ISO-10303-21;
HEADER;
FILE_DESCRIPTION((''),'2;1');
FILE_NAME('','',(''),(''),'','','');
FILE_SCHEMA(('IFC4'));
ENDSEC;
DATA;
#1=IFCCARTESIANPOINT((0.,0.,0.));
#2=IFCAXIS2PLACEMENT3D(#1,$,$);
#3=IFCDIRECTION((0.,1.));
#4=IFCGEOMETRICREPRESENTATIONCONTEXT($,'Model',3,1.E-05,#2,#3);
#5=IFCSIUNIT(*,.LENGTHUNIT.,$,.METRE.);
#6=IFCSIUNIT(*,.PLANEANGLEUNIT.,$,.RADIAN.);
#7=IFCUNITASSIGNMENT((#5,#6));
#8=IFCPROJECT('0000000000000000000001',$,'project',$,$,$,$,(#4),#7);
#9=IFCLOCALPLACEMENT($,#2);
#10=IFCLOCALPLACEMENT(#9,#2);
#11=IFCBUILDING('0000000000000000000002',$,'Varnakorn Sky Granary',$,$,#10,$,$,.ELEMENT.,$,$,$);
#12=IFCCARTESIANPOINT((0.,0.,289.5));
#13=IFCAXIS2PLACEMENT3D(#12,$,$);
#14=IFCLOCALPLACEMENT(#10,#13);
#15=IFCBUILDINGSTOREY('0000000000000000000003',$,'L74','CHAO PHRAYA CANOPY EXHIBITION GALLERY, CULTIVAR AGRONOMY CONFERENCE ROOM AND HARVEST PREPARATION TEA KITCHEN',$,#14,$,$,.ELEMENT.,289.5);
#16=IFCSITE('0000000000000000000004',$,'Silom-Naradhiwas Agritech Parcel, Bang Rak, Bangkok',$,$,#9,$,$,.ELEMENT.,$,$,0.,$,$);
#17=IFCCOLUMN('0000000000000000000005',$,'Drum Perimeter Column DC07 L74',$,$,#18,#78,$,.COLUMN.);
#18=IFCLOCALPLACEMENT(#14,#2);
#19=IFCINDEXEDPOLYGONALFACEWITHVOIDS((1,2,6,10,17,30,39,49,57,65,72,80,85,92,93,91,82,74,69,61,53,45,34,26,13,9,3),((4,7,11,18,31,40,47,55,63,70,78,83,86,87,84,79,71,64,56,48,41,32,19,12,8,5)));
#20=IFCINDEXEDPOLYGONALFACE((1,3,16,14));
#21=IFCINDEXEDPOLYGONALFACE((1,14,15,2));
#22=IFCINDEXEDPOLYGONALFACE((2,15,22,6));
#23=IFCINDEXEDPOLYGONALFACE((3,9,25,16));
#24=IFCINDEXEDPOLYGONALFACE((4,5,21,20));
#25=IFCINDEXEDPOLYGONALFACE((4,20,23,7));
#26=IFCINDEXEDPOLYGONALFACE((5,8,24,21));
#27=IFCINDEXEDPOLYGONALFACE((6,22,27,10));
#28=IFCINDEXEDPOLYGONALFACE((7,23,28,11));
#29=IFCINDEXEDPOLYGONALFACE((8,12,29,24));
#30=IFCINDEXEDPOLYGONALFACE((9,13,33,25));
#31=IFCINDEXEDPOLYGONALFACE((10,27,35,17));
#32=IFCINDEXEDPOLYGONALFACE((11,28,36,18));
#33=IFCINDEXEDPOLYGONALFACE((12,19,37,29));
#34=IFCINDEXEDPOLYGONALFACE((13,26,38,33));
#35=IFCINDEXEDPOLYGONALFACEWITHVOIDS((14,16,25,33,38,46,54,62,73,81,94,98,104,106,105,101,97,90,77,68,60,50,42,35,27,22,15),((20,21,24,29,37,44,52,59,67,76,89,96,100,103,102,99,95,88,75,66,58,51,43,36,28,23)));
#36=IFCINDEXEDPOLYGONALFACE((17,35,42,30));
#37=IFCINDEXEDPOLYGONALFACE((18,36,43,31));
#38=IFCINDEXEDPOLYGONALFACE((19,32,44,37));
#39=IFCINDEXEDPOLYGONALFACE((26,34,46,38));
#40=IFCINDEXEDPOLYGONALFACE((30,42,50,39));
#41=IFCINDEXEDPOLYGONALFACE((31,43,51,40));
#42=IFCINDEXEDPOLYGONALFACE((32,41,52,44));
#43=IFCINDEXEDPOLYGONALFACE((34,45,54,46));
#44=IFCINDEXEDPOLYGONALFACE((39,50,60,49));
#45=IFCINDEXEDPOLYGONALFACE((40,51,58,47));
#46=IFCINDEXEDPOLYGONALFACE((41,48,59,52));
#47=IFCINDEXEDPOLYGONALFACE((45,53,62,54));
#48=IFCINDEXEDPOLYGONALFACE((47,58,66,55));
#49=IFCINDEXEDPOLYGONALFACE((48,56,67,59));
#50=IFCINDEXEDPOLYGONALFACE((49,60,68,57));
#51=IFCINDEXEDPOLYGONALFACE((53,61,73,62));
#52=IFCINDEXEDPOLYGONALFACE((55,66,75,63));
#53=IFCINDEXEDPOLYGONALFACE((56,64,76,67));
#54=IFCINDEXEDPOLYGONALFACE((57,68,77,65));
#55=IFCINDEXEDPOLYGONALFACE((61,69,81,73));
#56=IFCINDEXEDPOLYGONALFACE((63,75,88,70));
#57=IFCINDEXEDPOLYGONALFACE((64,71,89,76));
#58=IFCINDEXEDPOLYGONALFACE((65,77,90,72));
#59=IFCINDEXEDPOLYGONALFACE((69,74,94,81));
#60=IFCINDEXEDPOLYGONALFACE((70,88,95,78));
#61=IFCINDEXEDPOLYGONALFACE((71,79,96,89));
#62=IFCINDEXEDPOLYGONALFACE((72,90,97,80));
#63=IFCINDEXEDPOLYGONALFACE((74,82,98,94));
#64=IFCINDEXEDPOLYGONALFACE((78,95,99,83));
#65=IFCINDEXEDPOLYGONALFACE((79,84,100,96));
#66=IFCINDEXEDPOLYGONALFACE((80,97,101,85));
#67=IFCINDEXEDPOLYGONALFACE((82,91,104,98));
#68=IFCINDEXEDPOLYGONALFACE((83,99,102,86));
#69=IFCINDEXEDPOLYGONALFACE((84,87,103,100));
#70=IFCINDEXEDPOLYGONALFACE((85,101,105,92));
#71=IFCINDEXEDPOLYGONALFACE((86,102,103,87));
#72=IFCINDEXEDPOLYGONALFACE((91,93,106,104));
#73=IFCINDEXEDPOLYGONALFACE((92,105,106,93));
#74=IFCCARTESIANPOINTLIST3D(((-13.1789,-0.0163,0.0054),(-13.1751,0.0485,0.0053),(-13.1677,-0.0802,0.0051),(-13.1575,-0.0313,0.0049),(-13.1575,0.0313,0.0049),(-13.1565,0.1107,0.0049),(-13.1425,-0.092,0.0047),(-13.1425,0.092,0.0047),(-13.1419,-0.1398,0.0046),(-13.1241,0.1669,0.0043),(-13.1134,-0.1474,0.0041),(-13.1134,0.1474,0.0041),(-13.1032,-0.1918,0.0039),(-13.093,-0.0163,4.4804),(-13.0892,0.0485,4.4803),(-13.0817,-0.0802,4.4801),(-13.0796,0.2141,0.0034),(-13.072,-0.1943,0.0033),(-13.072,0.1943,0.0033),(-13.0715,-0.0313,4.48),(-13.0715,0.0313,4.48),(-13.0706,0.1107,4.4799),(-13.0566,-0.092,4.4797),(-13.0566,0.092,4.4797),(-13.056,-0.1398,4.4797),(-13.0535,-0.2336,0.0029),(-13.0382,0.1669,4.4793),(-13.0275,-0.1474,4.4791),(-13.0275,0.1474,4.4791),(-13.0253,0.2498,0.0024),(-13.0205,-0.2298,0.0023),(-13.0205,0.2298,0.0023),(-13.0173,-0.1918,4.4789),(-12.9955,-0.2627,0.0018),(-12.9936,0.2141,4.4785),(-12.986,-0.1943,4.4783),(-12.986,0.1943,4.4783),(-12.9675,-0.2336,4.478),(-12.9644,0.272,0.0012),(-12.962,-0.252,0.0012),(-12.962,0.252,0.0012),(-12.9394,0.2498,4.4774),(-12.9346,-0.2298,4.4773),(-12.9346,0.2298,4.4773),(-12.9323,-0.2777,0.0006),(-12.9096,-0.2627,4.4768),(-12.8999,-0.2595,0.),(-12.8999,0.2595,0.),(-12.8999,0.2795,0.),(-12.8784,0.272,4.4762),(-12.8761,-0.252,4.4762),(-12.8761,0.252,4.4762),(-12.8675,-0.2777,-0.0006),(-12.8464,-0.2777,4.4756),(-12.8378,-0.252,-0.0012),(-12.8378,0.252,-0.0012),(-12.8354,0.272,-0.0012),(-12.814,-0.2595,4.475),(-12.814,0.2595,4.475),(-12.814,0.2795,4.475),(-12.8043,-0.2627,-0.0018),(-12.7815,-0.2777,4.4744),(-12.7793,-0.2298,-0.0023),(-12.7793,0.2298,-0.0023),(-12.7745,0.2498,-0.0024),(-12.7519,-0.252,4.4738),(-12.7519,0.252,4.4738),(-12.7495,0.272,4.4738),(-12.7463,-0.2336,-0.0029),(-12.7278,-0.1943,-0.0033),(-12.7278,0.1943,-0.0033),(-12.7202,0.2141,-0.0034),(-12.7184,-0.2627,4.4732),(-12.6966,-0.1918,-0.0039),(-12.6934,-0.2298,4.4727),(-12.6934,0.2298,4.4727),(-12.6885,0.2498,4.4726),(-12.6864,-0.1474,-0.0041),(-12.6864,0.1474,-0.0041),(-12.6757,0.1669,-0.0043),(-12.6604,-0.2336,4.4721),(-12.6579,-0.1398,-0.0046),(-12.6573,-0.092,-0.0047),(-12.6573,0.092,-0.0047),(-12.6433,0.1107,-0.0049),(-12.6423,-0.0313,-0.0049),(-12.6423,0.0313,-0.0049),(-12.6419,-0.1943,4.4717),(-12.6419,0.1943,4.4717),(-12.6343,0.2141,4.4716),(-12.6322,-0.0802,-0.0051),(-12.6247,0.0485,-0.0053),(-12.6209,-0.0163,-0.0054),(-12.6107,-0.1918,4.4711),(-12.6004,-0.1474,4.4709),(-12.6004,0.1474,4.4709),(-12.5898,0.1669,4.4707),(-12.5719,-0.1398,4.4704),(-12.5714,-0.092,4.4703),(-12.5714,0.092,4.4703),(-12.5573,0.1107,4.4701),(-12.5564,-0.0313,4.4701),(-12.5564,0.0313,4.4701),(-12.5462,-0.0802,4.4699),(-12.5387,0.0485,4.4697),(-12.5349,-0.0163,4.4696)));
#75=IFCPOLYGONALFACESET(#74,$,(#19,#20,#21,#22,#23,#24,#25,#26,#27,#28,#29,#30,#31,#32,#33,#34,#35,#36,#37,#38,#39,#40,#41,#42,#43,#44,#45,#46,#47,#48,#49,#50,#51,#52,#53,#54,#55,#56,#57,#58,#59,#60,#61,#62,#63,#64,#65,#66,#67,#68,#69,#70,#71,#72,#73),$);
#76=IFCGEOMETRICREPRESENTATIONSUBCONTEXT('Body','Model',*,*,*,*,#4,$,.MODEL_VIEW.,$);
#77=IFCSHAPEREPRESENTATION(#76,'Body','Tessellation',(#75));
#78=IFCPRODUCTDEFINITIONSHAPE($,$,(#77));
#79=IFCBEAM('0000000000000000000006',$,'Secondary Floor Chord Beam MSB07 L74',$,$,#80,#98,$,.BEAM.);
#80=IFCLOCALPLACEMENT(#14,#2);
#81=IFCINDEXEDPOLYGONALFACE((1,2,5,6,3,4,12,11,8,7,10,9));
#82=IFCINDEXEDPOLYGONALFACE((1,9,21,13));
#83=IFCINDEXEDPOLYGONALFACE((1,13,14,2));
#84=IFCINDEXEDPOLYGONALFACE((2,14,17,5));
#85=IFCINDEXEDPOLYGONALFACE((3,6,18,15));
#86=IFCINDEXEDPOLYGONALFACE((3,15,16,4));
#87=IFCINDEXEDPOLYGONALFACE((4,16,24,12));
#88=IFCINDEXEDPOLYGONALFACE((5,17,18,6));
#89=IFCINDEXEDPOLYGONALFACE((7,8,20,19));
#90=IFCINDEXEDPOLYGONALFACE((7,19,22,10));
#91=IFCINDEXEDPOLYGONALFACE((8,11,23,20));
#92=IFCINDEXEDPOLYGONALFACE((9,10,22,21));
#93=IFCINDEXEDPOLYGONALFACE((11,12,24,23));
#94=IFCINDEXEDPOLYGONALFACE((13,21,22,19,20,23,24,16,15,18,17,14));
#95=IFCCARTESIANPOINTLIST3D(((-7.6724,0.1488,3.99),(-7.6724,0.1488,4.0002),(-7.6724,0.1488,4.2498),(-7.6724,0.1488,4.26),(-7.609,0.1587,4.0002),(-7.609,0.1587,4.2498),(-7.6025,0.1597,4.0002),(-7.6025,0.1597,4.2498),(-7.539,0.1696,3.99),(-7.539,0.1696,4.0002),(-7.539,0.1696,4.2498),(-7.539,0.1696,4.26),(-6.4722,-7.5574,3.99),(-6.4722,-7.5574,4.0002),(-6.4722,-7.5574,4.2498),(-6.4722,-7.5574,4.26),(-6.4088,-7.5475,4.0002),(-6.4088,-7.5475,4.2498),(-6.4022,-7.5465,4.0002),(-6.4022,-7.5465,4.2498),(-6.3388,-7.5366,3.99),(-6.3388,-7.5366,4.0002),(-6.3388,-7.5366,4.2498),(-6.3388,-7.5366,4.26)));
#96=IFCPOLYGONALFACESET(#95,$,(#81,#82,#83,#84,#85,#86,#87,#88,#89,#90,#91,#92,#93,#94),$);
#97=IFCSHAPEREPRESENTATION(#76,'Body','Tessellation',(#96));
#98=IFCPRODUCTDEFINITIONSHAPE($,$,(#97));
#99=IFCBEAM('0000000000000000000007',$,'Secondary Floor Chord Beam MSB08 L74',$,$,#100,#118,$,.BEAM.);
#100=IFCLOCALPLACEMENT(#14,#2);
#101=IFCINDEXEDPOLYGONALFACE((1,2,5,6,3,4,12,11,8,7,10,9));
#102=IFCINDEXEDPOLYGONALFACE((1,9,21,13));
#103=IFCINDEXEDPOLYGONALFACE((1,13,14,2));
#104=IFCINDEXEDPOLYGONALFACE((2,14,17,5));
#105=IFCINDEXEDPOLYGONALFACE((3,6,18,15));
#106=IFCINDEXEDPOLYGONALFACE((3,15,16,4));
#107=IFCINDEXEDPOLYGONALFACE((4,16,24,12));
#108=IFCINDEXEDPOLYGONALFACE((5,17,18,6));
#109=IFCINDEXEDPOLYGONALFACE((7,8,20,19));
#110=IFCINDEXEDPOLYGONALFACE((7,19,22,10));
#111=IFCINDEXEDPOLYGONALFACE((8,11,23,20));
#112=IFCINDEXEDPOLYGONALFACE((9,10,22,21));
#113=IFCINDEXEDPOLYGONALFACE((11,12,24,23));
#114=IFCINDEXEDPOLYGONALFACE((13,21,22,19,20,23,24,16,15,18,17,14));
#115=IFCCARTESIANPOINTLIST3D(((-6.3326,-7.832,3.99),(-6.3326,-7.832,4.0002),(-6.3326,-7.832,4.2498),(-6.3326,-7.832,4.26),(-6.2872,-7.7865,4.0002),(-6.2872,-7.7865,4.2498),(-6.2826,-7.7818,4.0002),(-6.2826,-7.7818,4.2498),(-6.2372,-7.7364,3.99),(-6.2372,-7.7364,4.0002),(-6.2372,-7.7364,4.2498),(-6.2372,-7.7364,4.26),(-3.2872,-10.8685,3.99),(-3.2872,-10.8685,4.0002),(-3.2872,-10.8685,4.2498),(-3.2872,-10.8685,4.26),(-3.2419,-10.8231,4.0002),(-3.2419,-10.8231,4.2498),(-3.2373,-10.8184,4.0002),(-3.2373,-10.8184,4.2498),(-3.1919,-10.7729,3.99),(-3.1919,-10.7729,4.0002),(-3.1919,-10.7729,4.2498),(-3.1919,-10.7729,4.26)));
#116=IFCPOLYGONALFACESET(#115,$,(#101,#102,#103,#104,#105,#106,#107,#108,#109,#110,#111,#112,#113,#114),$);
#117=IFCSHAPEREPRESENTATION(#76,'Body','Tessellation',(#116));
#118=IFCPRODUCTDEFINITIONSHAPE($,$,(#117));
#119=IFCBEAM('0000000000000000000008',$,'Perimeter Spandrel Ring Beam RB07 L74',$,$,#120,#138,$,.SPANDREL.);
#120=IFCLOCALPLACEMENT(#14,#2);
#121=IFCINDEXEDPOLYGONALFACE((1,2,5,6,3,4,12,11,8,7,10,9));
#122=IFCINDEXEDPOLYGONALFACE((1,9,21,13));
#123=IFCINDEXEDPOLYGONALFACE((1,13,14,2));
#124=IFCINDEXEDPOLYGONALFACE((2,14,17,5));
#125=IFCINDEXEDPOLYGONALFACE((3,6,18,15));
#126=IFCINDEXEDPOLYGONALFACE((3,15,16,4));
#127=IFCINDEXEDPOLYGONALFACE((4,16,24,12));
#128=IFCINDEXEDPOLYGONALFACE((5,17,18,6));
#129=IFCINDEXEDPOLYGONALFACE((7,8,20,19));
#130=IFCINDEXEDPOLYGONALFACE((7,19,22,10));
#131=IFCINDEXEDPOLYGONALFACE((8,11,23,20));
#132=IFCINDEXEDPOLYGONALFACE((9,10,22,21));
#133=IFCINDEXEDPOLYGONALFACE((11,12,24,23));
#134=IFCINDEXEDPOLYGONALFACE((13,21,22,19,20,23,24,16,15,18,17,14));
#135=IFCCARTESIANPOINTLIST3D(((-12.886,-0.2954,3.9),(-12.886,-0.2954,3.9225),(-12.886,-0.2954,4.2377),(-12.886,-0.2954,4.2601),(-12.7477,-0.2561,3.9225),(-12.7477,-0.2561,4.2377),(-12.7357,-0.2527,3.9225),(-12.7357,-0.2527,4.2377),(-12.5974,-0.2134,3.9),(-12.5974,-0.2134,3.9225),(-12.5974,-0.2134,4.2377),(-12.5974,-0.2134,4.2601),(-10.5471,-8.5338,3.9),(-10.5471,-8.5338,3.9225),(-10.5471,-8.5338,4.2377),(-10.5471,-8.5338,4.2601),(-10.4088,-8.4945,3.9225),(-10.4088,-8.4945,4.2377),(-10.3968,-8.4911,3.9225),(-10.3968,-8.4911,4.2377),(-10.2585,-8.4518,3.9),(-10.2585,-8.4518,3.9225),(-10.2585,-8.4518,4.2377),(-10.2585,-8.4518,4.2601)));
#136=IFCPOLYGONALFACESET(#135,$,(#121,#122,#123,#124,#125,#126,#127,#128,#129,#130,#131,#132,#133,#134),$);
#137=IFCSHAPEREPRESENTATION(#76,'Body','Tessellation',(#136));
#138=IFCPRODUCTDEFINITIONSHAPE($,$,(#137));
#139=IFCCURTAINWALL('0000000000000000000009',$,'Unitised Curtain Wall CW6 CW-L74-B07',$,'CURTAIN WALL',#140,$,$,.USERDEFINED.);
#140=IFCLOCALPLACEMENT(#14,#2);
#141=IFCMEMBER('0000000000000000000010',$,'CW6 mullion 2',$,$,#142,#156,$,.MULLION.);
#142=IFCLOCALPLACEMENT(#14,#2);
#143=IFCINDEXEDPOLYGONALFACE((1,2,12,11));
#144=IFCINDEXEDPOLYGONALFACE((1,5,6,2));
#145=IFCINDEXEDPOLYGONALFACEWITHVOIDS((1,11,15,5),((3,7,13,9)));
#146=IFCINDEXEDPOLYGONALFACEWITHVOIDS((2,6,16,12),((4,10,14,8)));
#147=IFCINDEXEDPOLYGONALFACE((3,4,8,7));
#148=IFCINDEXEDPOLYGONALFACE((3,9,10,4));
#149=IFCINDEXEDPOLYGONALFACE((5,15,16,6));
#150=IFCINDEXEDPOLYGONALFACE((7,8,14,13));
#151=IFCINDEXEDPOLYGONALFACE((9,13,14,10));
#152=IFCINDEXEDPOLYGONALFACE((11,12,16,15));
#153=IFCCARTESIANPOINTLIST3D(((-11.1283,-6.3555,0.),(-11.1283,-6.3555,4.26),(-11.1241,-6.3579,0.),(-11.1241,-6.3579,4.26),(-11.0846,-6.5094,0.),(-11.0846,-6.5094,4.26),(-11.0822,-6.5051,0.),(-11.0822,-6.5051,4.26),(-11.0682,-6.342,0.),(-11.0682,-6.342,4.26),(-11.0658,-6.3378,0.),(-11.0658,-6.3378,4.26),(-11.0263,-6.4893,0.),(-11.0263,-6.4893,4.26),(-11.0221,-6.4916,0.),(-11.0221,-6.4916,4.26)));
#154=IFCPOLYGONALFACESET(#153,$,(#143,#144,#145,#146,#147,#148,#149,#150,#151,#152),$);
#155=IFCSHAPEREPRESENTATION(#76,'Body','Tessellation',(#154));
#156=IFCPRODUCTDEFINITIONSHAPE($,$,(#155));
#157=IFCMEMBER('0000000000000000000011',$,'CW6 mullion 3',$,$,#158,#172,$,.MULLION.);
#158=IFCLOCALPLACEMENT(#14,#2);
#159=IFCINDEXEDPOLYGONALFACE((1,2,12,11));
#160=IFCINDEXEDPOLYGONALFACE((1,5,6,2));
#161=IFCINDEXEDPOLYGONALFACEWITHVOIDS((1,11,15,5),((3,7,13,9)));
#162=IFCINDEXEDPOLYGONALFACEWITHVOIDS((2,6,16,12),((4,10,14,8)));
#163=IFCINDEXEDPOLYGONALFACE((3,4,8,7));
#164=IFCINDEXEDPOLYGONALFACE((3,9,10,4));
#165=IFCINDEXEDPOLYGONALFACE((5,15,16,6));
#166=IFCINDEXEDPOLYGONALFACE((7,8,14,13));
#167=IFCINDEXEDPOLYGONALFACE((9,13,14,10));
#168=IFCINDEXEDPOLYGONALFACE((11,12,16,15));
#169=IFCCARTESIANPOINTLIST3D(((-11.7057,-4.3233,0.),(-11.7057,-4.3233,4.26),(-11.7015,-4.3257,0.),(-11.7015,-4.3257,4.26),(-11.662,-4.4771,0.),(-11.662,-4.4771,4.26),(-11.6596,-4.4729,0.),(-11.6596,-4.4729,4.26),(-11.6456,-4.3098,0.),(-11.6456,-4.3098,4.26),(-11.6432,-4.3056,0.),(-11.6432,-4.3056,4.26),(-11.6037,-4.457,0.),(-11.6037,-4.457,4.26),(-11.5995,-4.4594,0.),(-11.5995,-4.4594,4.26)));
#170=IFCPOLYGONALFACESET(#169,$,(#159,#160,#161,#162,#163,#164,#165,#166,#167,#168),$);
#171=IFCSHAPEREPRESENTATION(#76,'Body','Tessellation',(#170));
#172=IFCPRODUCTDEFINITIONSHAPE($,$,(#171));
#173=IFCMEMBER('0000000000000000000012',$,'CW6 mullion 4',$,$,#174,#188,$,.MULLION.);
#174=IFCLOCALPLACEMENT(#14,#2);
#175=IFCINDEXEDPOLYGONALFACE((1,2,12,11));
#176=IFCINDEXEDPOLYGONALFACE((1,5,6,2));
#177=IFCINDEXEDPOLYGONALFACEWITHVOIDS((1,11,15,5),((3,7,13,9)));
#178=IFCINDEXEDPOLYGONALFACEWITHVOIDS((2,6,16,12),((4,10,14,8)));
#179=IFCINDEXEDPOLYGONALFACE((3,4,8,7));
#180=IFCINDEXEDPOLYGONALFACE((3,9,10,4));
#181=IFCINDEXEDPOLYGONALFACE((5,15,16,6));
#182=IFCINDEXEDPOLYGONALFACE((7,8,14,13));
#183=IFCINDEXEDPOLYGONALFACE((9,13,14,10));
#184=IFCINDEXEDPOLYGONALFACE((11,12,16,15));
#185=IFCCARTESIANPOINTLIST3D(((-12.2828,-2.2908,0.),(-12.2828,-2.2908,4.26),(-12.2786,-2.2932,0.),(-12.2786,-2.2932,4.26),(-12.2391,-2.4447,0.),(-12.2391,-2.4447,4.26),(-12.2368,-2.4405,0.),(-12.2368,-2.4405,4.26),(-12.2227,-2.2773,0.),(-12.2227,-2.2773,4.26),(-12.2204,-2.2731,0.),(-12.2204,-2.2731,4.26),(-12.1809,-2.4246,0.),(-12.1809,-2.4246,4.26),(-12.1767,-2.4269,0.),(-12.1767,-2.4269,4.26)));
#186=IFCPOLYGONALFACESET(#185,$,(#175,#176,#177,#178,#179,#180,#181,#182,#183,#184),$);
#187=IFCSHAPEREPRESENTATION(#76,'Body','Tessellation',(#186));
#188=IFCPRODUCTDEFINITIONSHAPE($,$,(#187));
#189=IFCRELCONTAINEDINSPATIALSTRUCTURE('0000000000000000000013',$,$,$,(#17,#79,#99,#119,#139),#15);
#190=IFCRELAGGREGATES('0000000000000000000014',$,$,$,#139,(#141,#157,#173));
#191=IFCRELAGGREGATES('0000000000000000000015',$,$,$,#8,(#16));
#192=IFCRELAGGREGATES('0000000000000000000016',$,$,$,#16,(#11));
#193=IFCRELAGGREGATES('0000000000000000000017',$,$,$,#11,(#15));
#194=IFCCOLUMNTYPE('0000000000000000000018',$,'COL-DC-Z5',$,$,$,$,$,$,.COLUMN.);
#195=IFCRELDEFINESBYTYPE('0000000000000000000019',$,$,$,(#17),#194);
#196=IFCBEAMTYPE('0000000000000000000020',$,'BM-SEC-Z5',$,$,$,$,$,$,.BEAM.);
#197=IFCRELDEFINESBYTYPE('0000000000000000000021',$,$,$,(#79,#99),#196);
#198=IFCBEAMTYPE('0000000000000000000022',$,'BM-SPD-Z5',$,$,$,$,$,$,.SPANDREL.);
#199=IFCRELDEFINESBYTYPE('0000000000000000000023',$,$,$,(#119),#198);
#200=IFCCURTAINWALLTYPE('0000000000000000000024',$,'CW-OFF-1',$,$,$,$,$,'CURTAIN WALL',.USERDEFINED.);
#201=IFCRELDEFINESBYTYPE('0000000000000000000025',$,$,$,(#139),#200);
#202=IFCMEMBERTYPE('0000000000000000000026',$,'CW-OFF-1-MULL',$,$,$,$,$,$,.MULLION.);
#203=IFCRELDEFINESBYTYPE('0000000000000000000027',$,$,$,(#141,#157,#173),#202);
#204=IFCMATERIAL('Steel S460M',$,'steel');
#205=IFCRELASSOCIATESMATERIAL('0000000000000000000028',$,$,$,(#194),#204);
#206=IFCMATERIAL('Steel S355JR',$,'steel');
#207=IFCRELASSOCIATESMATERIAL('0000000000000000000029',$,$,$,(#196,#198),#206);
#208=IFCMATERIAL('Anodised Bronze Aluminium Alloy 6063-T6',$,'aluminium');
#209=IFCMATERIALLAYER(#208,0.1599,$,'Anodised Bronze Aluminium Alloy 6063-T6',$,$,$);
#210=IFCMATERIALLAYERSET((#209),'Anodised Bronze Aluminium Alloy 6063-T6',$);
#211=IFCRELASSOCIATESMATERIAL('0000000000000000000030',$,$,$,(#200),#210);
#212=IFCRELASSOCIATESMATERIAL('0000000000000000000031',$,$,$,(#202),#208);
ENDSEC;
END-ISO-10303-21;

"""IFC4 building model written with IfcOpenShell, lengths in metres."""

from ifc_helpers import new_model, si_unit, direction, frame, origin, origin_2d, place, context, subcontext, project, spatial, hollow_rectangle, hollow_circle, i_section, extrude, material, layer, layer_set, material_profile, profile_set, type_object, element, aggregate, save


model = new_model("IFC4")

# Units and contexts
model_context = context("Model", 3, precision=1e-05, world=origin(), true_north=direction((0.0, 1.0)))
body_context = subcontext(model_context, "Body", "Model", "MODEL_VIEW")
ifc_project = project(units=[si_unit("LENGTHUNIT", "METRE"), si_unit("PLANEANGLEUNIT", "RADIAN")], contexts=[model_context])

# Site, building, storey
site_placement = place(None, origin())
site = spatial("IfcSite", under=ifc_project, at=site_placement, Name="Silom-Naradhiwas Agritech Parcel, Bang Rak, Bangkok", CompositionType="ELEMENT", RefElevation=0.0)
building_placement = place(site_placement, origin())
building = spatial("IfcBuilding", under=site, at=building_placement, Name="Varnakorn Sky Granary", CompositionType="ELEMENT")
storey_placement = place(building_placement, frame((0.0, 0.0, 289.5)))
storey = spatial("IfcBuildingStorey", under=building, at=storey_placement, Name="L74", Description="CHAO PHRAYA CANOPY EXHIBITION GALLERY, CULTIVAR AGRONOMY CONFERENCE ROOM AND HARVEST PREPARATION TEA KITCHEN", CompositionType="ELEMENT", Elevation=289.5)

# Column
ifc_material_1 = material(Name="Steel S460M", Category="steel")
ifc_material_profile_1 = material_profile(ifc_material_1, hollow_circle(Radius=0.2795, WallThickness=0.02, at=origin_2d()), Name="CHS 559x20")
ifc_profile_set_1 = profile_set([ifc_material_profile_1], Name="Steel S460M")
column_type = type_object("IfcColumnType", Name="COL-DC-Z5", PredefinedType="COLUMN", material=ifc_profile_set_1)
column_placement = place(storey_placement, frame((-12.8999, 0.0, 0.0), z_axis=(0.0192, 0.0, 0.999816), x_axis=(0.0, 1.0, 0.0)))
element("IfcColumn", 1, at=column_placement, inside=storey, type_object=column_type, Name="Drum Perimeter Column DC07 L74", PredefinedType="COLUMN", context=body_context, shape_type="SweptSolid", body=[
    extrude(hollow_circle(Radius=0.2795, WallThickness=0.02, at=origin_2d()), origin(), (0.0, 0.0, 1.0), 4.4758),
])

# Beams
ifc_material_2 = material(Name="Steel S355JR", Category="steel")
ifc_material_profile_2 = material_profile(ifc_material_2, i_section(OverallWidth=0.135, OverallDepth=0.27, WebThickness=0.0066, FlangeThickness=0.0103, at=origin_2d()), Name="IPE 270")
ifc_profile_set_2 = profile_set([ifc_material_profile_2], Name="Steel S355JR")
beam_type_1 = type_object("IfcBeamType", Name="BM-SEC-Z5", PredefinedType="BEAM", material=ifc_profile_set_2)
beam_1_placement = place(storey_placement, frame((-7.6057, 0.1592, 4.125), z_axis=(0.153892, -0.988088, 0.0), x_axis=(0.988088, 0.153892, 0.0)))
element("IfcBeam", 2, at=beam_1_placement, inside=storey, type_object=beam_type_1, Name="Secondary Floor Chord Beam MSB07 L74", PredefinedType="BEAM", context=body_context, shape_type="SweptSolid", body=[
    extrude(i_section(OverallWidth=0.135, OverallDepth=0.27, WebThickness=0.0066, FlangeThickness=0.0103, at=origin_2d()), origin(), (0.0, 0.0, 1.0), 7.7991),
])
beam_2_placement = place(storey_placement, frame((-6.2849, -7.7842, 4.125), z_axis=(0.708128, -0.706084, 0.0), x_axis=(0.706084, 0.708128, 0.0)))
element("IfcBeam", 3, at=beam_2_placement, inside=storey, type_object=beam_type_1, Name="Secondary Floor Chord Beam MSB08 L74", PredefinedType="BEAM", context=body_context, shape_type="SweptSolid", body=[
    extrude(i_section(OverallWidth=0.135, OverallDepth=0.27, WebThickness=0.0066, FlangeThickness=0.0103, at=origin_2d()), origin(), (0.0, 0.0, 1.0), 4.3005),
])
ifc_material_profile_3 = material_profile(ifc_material_2, i_section(OverallWidth=0.3, OverallDepth=0.3601, WebThickness=0.0125, FlangeThickness=0.0225, at=origin_2d()), Name="HE 360 B")
ifc_profile_set_3 = profile_set([ifc_material_profile_3], Name="Steel S355JR")
beam_type_2 = type_object("IfcBeamType", Name="BM-SPD-Z5", PredefinedType="SPANDREL", material=ifc_profile_set_3)
beam_3_placement = place(storey_placement, frame((-12.7417, -0.2544, 4.0801), z_axis=(0.273109, -0.961983, 0.0), x_axis=(0.961983, 0.273109, 0.0)))
element("IfcBeam", 4, at=beam_3_placement, inside=storey, type_object=beam_type_2, Name="Perimeter Spandrel Ring Beam RB07 L74", PredefinedType="SPANDREL", context=body_context, shape_type="SweptSolid", body=[
    extrude(i_section(OverallWidth=0.3, OverallDepth=0.3601, WebThickness=0.0125, FlangeThickness=0.0225, at=origin_2d()), origin(), (0.0, 0.0, 1.0), 8.564),
])

# Curtain wall, members
ifc_material_3 = material(Name="Anodised Bronze Aluminium Alloy 6063-T6", Category="aluminium")
ifc_layer_1 = layer(ifc_material_3, 0.1599, Name="Anodised Bronze Aluminium Alloy 6063-T6")
ifc_layer_set_1 = layer_set([ifc_layer_1], Name="Anodised Bronze Aluminium Alloy 6063-T6")
curtain_wall_type = type_object("IfcCurtainWallType", Name="CW-OFF-1", ElementType="CURTAIN WALL", PredefinedType="USERDEFINED", material=ifc_layer_set_1)
curtain_wall_placement = place(storey_placement, origin())
curtain_wall = element("IfcCurtainWall", 5, at=curtain_wall_placement, inside=storey, type_object=curtain_wall_type, Name="Unitised Curtain Wall CW6 CW-L74-B07", ObjectType="CURTAIN WALL", PredefinedType="USERDEFINED")
ifc_material_profile_4 = material_profile(ifc_material_3, hollow_rectangle(XDim=0.0649, YDim=0.1599, WallThickness=0.0034, at=origin_2d()), Name="ALU MULL 65x160")
ifc_profile_set_4 = profile_set([ifc_material_profile_4], Name="Anodised Bronze Aluminium Alloy 6063-T6")
member_type_1 = type_object("IfcMemberType", Name="CW-OFF-1-MULL", PredefinedType="MULLION", material=ifc_profile_set_4)
member_1_placement = place(storey_placement, frame((-11.0752, -6.4236, 0.0), z_axis=(0.0, 0.0, 1.0), x_axis=(-0.961937, -0.27327, 0.0)))
member_1 = element("IfcMember", 6, at=member_1_placement, type_object=member_type_1, Name="CW6 mullion 2", PredefinedType="MULLION", context=body_context, shape_type="SweptSolid", body=[
    extrude(hollow_rectangle(XDim=0.0649, YDim=0.1599, WallThickness=0.0034, at=origin_2d()), origin(), (0.0, 0.0, 1.0), 4.26),
])
member_2_placement = place(storey_placement, frame((-11.6526, -4.3914, 0.0), z_axis=(0.0, 0.0, 1.0), x_axis=(-0.961937, -0.27327, 0.0)))
member_2 = element("IfcMember", 7, at=member_2_placement, type_object=member_type_1, Name="CW6 mullion 3", PredefinedType="MULLION", context=body_context, shape_type="SweptSolid", body=[
    extrude(hollow_rectangle(XDim=0.0649, YDim=0.1599, WallThickness=0.0034, at=origin_2d()), origin(), (0.0, 0.0, 1.0), 4.26),
])
member_3_placement = place(storey_placement, frame((-12.2297, -2.3589, 0.0), z_axis=(0.0, 0.0, 1.0), x_axis=(-0.961937, -0.27327, 0.0)))
member_3 = element("IfcMember", 8, at=member_3_placement, type_object=member_type_1, Name="CW6 mullion 4", PredefinedType="MULLION", context=body_context, shape_type="SweptSolid", body=[
    extrude(hollow_rectangle(XDim=0.0649, YDim=0.1599, WallThickness=0.0034, at=origin_2d()), origin(), (0.0, 0.0, 1.0), 4.26),
])

aggregate(curtain_wall, [member_1, member_2, member_3])

save(model, "model.ifc")
